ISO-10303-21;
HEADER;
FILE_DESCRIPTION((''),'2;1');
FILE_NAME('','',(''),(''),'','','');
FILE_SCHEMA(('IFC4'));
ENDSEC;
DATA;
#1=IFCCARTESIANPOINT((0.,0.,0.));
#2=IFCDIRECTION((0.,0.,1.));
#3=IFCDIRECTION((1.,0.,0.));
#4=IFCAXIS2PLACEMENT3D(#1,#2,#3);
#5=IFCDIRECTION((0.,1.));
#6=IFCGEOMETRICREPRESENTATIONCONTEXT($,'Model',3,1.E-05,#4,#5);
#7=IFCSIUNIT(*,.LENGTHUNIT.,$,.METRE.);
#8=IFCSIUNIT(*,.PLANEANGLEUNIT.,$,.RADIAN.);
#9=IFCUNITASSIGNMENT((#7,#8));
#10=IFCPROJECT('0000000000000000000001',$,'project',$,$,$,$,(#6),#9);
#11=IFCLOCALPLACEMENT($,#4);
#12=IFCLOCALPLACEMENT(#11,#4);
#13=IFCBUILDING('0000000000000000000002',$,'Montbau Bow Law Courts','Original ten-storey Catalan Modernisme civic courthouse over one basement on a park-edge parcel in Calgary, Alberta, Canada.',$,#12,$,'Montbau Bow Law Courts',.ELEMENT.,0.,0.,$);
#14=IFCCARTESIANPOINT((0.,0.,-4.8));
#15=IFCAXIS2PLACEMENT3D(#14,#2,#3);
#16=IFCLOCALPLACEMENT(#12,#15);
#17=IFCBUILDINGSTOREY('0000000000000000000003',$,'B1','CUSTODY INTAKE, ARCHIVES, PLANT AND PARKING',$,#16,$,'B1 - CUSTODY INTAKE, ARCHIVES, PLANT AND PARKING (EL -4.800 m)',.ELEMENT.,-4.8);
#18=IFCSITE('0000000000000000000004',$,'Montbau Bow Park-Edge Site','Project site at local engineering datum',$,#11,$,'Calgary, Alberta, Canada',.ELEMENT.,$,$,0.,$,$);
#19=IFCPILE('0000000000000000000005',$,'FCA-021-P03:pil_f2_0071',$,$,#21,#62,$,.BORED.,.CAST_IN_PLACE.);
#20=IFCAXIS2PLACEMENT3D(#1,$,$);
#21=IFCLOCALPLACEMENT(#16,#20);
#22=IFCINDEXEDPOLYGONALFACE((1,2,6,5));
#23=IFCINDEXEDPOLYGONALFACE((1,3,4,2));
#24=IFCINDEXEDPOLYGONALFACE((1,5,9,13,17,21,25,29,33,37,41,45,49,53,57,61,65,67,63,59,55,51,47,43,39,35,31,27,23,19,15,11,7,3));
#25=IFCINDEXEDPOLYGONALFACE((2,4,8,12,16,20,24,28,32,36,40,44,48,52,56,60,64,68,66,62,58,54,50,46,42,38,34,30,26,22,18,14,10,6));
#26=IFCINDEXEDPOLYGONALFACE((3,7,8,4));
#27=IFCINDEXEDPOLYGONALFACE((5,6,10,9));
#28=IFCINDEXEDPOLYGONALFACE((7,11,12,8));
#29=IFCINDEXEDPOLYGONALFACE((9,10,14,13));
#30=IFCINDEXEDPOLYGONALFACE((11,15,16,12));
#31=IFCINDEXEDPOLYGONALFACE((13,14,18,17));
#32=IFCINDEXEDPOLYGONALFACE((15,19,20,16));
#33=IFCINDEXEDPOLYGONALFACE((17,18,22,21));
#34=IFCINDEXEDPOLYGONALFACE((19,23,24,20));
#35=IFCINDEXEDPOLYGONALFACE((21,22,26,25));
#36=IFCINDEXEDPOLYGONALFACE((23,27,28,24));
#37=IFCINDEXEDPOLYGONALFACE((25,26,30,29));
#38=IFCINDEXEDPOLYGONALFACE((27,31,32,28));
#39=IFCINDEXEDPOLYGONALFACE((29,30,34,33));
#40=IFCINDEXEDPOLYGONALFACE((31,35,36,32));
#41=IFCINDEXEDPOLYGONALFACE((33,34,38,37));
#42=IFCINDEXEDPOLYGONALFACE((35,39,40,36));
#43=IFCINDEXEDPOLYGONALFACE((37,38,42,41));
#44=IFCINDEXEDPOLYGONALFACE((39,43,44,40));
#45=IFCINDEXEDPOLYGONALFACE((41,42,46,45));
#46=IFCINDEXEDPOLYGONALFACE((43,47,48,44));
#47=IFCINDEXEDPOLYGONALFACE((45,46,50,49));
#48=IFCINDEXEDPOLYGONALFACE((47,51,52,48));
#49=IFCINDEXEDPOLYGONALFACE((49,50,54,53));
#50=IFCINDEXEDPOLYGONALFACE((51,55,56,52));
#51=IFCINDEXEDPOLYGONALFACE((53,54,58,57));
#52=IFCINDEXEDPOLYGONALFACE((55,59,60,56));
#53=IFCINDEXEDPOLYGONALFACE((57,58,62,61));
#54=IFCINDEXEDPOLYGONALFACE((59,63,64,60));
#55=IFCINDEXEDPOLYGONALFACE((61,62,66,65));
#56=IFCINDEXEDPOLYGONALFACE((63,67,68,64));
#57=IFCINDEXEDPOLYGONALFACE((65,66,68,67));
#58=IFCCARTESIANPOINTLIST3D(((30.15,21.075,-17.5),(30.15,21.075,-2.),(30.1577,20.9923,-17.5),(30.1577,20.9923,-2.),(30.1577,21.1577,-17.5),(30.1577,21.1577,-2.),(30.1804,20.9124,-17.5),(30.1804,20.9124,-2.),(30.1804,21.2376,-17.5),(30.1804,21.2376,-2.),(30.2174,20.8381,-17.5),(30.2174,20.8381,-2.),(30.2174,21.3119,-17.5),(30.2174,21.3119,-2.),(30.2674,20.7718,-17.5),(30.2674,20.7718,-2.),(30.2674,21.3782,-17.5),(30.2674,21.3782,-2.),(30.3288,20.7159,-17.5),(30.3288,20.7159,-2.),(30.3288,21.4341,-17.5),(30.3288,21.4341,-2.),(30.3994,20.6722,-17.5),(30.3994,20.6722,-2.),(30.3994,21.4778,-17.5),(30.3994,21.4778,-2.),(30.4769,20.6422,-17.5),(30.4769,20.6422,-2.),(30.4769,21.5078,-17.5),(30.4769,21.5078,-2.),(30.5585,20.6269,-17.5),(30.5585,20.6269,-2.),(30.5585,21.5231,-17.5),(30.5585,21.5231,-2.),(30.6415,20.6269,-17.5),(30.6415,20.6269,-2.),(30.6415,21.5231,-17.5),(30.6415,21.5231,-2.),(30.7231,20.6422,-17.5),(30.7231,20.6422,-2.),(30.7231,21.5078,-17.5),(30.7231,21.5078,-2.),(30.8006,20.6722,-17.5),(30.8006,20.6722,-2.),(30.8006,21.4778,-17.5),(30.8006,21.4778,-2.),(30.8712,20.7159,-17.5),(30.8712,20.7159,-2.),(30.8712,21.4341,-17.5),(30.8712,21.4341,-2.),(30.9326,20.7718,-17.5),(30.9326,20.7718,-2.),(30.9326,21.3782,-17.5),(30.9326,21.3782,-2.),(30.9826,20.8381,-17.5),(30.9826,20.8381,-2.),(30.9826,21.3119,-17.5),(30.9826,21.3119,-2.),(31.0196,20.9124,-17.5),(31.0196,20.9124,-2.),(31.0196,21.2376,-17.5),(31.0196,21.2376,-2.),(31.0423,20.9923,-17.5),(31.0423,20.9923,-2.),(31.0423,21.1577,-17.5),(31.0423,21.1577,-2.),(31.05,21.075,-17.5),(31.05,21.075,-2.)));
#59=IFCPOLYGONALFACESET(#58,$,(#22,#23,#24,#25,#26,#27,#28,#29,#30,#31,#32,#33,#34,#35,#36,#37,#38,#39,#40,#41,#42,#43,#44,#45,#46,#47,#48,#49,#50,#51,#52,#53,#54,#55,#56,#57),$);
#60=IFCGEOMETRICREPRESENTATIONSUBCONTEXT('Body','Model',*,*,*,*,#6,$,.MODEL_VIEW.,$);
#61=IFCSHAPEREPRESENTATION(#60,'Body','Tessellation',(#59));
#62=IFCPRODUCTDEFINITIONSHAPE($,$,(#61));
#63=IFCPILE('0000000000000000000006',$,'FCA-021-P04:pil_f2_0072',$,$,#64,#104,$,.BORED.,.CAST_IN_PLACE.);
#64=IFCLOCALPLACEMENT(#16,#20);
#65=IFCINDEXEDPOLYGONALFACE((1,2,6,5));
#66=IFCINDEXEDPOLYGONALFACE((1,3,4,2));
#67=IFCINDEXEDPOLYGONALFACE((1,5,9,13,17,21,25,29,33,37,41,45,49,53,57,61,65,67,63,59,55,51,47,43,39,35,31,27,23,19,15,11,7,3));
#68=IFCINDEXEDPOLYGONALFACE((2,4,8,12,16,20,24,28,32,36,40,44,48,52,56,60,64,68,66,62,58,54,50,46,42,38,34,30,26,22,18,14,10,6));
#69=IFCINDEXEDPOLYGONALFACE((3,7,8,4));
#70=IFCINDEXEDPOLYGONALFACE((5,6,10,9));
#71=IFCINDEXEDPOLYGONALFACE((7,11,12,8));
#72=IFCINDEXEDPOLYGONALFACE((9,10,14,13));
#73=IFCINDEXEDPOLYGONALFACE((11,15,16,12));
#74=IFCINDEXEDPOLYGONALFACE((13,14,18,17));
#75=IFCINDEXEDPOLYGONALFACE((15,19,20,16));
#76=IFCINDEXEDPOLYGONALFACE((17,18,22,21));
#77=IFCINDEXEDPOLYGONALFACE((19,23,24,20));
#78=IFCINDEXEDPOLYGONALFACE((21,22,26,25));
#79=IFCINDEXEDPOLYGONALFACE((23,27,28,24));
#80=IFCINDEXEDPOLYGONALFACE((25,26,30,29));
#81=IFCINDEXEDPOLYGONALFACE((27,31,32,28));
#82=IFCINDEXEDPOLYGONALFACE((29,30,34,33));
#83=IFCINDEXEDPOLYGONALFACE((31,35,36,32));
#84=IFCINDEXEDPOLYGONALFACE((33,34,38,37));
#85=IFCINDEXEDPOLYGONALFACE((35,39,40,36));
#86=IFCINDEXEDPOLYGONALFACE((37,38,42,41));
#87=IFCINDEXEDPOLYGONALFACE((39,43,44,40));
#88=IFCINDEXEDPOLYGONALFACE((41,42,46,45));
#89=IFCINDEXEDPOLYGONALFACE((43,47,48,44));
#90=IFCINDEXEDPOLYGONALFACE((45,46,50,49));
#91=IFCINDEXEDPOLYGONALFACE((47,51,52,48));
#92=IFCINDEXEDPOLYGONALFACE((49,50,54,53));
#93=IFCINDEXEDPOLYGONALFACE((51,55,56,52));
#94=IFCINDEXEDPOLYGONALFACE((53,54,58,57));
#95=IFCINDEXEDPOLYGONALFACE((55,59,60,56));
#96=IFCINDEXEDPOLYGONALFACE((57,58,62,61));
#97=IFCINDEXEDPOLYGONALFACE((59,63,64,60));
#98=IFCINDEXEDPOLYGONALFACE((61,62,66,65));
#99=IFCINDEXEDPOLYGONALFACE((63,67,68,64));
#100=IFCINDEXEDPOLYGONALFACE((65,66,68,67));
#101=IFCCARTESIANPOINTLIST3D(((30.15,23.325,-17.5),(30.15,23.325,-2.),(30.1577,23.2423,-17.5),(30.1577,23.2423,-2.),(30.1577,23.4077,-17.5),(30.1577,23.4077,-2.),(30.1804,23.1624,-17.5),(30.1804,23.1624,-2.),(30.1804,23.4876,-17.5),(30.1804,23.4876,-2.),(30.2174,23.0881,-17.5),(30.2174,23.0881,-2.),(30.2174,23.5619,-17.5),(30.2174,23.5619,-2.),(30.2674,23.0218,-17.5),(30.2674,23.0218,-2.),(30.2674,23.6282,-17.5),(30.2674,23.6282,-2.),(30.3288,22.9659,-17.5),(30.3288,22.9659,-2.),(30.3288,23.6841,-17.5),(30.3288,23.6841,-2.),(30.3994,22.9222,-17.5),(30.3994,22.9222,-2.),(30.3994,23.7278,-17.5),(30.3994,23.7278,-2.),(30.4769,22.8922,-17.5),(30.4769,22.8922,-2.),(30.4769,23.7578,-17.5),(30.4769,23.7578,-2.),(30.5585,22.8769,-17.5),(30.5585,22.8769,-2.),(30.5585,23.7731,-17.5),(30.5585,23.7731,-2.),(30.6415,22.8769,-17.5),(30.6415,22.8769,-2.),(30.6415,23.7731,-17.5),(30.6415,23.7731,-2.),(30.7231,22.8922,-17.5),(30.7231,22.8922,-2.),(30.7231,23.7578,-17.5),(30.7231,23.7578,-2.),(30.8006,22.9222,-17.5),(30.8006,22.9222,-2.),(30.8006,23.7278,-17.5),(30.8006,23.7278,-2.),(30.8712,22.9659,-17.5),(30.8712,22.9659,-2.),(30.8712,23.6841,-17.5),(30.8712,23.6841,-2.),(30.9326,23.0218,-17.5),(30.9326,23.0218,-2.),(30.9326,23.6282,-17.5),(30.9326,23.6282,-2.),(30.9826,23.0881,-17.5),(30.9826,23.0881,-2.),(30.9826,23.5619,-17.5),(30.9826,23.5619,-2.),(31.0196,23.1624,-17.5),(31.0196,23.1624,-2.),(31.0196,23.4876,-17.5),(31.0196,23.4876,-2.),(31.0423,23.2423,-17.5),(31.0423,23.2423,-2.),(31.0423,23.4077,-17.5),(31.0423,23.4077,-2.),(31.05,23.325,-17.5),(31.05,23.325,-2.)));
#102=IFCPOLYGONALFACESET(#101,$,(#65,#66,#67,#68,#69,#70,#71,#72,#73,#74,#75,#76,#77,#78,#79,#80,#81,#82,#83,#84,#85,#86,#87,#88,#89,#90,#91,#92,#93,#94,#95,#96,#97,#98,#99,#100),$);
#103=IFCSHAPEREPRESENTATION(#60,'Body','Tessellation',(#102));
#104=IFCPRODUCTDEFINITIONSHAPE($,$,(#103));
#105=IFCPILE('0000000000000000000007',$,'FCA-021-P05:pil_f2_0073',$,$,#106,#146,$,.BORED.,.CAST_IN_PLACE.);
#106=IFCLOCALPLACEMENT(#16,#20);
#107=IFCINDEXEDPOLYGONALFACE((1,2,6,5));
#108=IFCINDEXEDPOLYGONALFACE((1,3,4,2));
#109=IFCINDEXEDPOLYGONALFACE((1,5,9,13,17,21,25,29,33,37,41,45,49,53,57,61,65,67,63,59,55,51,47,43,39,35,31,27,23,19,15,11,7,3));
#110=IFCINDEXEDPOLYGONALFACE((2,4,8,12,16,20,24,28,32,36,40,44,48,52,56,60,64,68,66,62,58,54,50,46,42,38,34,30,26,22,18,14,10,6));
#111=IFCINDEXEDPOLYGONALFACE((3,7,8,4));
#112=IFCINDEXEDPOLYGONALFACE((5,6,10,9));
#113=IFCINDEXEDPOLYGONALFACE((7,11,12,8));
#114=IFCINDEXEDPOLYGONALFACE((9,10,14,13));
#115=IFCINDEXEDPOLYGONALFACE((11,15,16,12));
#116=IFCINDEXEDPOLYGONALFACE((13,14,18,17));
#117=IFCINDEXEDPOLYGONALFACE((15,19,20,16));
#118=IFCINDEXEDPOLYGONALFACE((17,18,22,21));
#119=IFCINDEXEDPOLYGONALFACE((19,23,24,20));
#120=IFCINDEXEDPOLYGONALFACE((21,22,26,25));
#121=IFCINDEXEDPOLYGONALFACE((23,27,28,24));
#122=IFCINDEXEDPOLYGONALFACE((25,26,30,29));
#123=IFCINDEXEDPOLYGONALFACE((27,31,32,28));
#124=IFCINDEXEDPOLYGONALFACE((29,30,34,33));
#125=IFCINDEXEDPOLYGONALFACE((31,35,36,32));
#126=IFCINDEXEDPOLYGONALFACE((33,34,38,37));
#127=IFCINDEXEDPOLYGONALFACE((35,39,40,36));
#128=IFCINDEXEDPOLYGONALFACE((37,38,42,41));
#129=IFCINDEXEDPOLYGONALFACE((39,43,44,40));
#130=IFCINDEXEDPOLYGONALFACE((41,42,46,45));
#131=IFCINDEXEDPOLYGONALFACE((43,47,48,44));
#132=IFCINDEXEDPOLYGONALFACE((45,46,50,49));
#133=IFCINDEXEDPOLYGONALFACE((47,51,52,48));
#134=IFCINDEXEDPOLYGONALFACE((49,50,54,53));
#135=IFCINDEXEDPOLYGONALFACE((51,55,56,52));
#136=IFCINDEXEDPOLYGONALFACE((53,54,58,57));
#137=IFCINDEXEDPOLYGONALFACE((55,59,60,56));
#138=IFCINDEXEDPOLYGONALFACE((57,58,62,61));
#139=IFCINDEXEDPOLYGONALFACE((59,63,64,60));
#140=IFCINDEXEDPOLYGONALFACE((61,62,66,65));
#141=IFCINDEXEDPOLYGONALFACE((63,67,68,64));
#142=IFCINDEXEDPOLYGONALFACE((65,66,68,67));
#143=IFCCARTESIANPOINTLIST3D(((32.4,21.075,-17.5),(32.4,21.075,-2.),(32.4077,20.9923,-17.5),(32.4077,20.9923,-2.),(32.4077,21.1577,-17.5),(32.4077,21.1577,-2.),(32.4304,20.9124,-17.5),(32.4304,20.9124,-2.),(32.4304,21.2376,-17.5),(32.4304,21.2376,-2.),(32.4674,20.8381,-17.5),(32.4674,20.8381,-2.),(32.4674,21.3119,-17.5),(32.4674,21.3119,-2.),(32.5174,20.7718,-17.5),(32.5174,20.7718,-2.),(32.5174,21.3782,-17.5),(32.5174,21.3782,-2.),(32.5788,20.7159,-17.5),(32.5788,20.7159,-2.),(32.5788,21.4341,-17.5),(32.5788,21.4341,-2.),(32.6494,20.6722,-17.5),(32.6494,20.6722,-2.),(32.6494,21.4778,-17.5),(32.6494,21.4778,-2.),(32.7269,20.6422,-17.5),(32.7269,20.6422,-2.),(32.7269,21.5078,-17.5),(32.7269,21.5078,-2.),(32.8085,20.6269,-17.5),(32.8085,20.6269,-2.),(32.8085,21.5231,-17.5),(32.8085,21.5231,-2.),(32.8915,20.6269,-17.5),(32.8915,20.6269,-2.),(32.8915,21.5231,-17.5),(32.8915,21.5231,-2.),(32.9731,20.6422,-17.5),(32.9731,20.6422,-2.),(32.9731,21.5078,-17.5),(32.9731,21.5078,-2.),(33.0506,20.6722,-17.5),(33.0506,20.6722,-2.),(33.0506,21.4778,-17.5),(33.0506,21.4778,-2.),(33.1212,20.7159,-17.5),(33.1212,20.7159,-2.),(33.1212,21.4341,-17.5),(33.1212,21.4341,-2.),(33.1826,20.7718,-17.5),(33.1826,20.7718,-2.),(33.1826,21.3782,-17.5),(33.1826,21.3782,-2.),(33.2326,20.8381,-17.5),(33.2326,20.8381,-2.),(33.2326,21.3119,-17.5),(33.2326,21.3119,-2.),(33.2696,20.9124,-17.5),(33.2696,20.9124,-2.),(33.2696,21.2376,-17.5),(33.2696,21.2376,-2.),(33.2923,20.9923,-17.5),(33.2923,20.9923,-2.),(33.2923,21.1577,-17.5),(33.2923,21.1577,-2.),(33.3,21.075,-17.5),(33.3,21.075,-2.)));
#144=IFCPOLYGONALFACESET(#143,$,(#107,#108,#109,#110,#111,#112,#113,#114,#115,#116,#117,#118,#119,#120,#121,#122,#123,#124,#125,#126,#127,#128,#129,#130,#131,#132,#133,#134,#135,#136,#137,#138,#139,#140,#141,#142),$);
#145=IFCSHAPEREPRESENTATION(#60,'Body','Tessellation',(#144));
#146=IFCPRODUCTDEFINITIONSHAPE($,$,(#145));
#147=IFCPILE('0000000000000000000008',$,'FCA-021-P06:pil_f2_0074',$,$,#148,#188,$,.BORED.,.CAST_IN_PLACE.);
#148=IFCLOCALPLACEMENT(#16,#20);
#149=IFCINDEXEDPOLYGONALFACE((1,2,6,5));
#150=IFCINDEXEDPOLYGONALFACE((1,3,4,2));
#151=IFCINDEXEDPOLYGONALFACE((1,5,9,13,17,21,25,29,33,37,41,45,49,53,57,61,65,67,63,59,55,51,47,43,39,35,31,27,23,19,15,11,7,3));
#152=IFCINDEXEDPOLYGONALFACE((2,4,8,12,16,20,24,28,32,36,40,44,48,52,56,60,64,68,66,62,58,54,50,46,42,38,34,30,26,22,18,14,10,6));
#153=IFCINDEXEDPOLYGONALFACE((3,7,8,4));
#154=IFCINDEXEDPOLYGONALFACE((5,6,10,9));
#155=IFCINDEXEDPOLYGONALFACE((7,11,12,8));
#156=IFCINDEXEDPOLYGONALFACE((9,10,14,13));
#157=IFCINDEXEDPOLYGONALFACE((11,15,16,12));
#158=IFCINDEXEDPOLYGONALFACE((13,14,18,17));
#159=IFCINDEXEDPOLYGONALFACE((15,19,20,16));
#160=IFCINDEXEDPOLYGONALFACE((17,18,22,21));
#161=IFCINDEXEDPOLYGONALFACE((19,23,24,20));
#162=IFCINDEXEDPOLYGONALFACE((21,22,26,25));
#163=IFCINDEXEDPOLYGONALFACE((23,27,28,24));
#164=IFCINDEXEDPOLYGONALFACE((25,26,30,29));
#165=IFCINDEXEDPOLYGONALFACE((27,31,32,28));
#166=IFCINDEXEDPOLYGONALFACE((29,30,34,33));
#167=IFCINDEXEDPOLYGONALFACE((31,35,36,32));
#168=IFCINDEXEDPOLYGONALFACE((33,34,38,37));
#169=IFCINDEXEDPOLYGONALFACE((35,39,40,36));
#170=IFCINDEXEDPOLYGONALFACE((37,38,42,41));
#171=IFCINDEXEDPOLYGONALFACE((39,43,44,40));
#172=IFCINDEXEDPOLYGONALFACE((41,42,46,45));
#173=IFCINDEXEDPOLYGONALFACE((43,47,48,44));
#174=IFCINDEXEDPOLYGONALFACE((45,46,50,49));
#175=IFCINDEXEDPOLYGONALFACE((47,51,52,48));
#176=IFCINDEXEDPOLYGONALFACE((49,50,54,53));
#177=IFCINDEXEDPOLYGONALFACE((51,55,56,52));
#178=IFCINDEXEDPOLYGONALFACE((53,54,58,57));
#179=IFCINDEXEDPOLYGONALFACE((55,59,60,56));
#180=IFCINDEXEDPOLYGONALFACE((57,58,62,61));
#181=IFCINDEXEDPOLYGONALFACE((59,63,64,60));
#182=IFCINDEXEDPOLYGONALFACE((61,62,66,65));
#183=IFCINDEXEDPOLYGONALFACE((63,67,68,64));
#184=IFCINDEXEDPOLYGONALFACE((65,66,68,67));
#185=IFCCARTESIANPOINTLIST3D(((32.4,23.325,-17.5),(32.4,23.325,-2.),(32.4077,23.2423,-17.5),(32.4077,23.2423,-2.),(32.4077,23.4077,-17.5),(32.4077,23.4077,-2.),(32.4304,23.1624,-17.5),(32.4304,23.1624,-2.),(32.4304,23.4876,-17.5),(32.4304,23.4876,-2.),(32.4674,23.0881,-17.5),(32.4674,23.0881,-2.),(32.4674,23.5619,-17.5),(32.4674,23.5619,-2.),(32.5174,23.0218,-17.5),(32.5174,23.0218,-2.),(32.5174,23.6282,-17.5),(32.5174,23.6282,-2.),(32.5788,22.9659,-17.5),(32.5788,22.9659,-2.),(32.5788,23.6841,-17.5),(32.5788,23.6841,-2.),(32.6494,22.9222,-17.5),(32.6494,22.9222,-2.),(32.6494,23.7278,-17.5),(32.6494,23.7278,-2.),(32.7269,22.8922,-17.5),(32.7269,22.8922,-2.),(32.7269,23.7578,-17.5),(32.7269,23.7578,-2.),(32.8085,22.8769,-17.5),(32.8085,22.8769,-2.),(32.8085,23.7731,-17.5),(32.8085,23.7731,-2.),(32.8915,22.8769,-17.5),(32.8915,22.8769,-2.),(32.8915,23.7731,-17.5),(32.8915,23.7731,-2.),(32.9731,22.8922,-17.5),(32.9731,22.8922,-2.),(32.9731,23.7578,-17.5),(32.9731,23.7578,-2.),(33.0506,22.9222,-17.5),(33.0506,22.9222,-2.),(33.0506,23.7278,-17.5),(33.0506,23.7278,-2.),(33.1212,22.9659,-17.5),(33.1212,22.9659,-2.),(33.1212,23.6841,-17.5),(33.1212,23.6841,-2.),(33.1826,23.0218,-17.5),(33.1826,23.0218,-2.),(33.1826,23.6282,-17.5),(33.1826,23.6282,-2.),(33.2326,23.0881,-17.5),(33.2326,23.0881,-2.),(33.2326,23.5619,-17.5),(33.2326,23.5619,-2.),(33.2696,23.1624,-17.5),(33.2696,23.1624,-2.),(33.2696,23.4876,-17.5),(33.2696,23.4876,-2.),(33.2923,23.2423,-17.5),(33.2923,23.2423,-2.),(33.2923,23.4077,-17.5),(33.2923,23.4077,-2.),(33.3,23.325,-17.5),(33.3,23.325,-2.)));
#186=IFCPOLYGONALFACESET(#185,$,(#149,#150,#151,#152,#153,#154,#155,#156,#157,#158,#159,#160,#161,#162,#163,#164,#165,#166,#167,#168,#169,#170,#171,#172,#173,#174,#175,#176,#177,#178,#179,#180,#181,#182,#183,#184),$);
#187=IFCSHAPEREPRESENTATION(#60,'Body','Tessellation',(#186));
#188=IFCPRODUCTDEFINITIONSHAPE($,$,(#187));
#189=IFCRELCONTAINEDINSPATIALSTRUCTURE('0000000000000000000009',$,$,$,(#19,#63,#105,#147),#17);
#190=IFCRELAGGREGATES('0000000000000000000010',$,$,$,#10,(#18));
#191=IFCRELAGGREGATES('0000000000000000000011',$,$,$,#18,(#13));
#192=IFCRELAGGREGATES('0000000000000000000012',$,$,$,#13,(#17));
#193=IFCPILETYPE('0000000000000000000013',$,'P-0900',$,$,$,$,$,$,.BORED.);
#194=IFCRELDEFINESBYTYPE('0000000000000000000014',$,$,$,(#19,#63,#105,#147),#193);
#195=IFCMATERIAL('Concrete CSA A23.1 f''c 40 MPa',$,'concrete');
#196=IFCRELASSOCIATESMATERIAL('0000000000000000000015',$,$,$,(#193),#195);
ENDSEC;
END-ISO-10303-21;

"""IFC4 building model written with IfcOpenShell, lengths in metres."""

from ifc_helpers import new_model, si_unit, direction, frame, origin_with_axes, origin_2d_with_axis, place, context, subcontext, project, spatial, circle, extrude, material, material_profile, profile_set, type_object, element, save


model = new_model("IFC4")

# Units and contexts
model_context = context("Model", 3, precision=1e-05, world=origin_with_axes(), true_north=direction((0.0, 1.0)))
body_context = subcontext(model_context, "Body", "Model", "MODEL_VIEW")
ifc_project = project(units=[si_unit("LENGTHUNIT", "METRE"), si_unit("PLANEANGLEUNIT", "RADIAN")], contexts=[model_context])

# Site, building, storey
site_placement = place(None, origin_with_axes())
site = spatial("IfcSite", under=ifc_project, at=site_placement, Name="Montbau Bow Park-Edge Site", Description="Project site at local engineering datum", LongName="Calgary, Alberta, Canada", CompositionType="ELEMENT", RefElevation=0.0)
building_placement = place(site_placement, origin_with_axes())
building = spatial("IfcBuilding", under=site, at=building_placement, Name="Montbau Bow Law Courts", Description="Original ten-storey Catalan Modernisme civic courthouse over one basement on a park-edge parcel in Calgary, Alberta, Canada.", LongName="Montbau Bow Law Courts", CompositionType="ELEMENT", ElevationOfRefHeight=0.0, ElevationOfTerrain=0.0)
storey_placement = place(building_placement, frame((0.0, 0.0, -4.8), z_axis=(0.0, 0.0, 1.0), x_axis=(1.0, 0.0, 0.0)))
storey = spatial("IfcBuildingStorey", under=building, at=storey_placement, Name="B1", Description="CUSTODY INTAKE, ARCHIVES, PLANT AND PARKING", LongName="B1 - CUSTODY INTAKE, ARCHIVES, PLANT AND PARKING (EL -4.800 m)", CompositionType="ELEMENT", Elevation=-4.8)

# Piles
ifc_material_1 = material(Name="Concrete CSA A23.1 f'c 40 MPa", Category="concrete")
ifc_material_profile_1 = material_profile(ifc_material_1, circle(Radius=0.45, at=origin_2d_with_axis()), Name="BP900", Category="Main", Priority=0)
ifc_profile_set_1 = profile_set([ifc_material_profile_1], Name="Concrete CSA A23.1 f'c 40 MPa")
pile_type_1 = type_object("IfcPileType", Name="P-0900", PredefinedType="BORED", material=ifc_profile_set_1)
for number, where, z_axis, x_axis, name in (
    (1, (30.6, 21.075, -22.3), (0.0, 0.0, 1.0), (1.0, 0.0, 0.0), "FCA-021-P03:pil_f2_0071"),
    (2, (30.6, 23.325, -22.3), (0.0, 0.0, 1.0), (1.0, 0.0, 0.0), "FCA-021-P04:pil_f2_0072"),
    (3, (32.85, 21.075, -22.3), (0.0, 0.0, 1.0), (1.0, 0.0, 0.0), "FCA-021-P05:pil_f2_0073"),
    (4, (32.85, 23.325, -22.3), (0.0, 0.0, 1.0), (1.0, 0.0, 0.0), "FCA-021-P06:pil_f2_0074"),
):
    element("IfcPile", number, at=place(None, frame(where, z_axis=z_axis, x_axis=x_axis)), inside=storey, type_object=pile_type_1, Name=name, ConstructionType="CAST_IN_PLACE", PredefinedType="BORED", context=body_context, shape_type="SweptSolid", body=[
        extrude(circle(Radius=0.45, at=origin_2d_with_axis()), origin_with_axes(), (0.0, 0.0, 1.0), 15.5),
    ])

save(model, "model.ifc")
